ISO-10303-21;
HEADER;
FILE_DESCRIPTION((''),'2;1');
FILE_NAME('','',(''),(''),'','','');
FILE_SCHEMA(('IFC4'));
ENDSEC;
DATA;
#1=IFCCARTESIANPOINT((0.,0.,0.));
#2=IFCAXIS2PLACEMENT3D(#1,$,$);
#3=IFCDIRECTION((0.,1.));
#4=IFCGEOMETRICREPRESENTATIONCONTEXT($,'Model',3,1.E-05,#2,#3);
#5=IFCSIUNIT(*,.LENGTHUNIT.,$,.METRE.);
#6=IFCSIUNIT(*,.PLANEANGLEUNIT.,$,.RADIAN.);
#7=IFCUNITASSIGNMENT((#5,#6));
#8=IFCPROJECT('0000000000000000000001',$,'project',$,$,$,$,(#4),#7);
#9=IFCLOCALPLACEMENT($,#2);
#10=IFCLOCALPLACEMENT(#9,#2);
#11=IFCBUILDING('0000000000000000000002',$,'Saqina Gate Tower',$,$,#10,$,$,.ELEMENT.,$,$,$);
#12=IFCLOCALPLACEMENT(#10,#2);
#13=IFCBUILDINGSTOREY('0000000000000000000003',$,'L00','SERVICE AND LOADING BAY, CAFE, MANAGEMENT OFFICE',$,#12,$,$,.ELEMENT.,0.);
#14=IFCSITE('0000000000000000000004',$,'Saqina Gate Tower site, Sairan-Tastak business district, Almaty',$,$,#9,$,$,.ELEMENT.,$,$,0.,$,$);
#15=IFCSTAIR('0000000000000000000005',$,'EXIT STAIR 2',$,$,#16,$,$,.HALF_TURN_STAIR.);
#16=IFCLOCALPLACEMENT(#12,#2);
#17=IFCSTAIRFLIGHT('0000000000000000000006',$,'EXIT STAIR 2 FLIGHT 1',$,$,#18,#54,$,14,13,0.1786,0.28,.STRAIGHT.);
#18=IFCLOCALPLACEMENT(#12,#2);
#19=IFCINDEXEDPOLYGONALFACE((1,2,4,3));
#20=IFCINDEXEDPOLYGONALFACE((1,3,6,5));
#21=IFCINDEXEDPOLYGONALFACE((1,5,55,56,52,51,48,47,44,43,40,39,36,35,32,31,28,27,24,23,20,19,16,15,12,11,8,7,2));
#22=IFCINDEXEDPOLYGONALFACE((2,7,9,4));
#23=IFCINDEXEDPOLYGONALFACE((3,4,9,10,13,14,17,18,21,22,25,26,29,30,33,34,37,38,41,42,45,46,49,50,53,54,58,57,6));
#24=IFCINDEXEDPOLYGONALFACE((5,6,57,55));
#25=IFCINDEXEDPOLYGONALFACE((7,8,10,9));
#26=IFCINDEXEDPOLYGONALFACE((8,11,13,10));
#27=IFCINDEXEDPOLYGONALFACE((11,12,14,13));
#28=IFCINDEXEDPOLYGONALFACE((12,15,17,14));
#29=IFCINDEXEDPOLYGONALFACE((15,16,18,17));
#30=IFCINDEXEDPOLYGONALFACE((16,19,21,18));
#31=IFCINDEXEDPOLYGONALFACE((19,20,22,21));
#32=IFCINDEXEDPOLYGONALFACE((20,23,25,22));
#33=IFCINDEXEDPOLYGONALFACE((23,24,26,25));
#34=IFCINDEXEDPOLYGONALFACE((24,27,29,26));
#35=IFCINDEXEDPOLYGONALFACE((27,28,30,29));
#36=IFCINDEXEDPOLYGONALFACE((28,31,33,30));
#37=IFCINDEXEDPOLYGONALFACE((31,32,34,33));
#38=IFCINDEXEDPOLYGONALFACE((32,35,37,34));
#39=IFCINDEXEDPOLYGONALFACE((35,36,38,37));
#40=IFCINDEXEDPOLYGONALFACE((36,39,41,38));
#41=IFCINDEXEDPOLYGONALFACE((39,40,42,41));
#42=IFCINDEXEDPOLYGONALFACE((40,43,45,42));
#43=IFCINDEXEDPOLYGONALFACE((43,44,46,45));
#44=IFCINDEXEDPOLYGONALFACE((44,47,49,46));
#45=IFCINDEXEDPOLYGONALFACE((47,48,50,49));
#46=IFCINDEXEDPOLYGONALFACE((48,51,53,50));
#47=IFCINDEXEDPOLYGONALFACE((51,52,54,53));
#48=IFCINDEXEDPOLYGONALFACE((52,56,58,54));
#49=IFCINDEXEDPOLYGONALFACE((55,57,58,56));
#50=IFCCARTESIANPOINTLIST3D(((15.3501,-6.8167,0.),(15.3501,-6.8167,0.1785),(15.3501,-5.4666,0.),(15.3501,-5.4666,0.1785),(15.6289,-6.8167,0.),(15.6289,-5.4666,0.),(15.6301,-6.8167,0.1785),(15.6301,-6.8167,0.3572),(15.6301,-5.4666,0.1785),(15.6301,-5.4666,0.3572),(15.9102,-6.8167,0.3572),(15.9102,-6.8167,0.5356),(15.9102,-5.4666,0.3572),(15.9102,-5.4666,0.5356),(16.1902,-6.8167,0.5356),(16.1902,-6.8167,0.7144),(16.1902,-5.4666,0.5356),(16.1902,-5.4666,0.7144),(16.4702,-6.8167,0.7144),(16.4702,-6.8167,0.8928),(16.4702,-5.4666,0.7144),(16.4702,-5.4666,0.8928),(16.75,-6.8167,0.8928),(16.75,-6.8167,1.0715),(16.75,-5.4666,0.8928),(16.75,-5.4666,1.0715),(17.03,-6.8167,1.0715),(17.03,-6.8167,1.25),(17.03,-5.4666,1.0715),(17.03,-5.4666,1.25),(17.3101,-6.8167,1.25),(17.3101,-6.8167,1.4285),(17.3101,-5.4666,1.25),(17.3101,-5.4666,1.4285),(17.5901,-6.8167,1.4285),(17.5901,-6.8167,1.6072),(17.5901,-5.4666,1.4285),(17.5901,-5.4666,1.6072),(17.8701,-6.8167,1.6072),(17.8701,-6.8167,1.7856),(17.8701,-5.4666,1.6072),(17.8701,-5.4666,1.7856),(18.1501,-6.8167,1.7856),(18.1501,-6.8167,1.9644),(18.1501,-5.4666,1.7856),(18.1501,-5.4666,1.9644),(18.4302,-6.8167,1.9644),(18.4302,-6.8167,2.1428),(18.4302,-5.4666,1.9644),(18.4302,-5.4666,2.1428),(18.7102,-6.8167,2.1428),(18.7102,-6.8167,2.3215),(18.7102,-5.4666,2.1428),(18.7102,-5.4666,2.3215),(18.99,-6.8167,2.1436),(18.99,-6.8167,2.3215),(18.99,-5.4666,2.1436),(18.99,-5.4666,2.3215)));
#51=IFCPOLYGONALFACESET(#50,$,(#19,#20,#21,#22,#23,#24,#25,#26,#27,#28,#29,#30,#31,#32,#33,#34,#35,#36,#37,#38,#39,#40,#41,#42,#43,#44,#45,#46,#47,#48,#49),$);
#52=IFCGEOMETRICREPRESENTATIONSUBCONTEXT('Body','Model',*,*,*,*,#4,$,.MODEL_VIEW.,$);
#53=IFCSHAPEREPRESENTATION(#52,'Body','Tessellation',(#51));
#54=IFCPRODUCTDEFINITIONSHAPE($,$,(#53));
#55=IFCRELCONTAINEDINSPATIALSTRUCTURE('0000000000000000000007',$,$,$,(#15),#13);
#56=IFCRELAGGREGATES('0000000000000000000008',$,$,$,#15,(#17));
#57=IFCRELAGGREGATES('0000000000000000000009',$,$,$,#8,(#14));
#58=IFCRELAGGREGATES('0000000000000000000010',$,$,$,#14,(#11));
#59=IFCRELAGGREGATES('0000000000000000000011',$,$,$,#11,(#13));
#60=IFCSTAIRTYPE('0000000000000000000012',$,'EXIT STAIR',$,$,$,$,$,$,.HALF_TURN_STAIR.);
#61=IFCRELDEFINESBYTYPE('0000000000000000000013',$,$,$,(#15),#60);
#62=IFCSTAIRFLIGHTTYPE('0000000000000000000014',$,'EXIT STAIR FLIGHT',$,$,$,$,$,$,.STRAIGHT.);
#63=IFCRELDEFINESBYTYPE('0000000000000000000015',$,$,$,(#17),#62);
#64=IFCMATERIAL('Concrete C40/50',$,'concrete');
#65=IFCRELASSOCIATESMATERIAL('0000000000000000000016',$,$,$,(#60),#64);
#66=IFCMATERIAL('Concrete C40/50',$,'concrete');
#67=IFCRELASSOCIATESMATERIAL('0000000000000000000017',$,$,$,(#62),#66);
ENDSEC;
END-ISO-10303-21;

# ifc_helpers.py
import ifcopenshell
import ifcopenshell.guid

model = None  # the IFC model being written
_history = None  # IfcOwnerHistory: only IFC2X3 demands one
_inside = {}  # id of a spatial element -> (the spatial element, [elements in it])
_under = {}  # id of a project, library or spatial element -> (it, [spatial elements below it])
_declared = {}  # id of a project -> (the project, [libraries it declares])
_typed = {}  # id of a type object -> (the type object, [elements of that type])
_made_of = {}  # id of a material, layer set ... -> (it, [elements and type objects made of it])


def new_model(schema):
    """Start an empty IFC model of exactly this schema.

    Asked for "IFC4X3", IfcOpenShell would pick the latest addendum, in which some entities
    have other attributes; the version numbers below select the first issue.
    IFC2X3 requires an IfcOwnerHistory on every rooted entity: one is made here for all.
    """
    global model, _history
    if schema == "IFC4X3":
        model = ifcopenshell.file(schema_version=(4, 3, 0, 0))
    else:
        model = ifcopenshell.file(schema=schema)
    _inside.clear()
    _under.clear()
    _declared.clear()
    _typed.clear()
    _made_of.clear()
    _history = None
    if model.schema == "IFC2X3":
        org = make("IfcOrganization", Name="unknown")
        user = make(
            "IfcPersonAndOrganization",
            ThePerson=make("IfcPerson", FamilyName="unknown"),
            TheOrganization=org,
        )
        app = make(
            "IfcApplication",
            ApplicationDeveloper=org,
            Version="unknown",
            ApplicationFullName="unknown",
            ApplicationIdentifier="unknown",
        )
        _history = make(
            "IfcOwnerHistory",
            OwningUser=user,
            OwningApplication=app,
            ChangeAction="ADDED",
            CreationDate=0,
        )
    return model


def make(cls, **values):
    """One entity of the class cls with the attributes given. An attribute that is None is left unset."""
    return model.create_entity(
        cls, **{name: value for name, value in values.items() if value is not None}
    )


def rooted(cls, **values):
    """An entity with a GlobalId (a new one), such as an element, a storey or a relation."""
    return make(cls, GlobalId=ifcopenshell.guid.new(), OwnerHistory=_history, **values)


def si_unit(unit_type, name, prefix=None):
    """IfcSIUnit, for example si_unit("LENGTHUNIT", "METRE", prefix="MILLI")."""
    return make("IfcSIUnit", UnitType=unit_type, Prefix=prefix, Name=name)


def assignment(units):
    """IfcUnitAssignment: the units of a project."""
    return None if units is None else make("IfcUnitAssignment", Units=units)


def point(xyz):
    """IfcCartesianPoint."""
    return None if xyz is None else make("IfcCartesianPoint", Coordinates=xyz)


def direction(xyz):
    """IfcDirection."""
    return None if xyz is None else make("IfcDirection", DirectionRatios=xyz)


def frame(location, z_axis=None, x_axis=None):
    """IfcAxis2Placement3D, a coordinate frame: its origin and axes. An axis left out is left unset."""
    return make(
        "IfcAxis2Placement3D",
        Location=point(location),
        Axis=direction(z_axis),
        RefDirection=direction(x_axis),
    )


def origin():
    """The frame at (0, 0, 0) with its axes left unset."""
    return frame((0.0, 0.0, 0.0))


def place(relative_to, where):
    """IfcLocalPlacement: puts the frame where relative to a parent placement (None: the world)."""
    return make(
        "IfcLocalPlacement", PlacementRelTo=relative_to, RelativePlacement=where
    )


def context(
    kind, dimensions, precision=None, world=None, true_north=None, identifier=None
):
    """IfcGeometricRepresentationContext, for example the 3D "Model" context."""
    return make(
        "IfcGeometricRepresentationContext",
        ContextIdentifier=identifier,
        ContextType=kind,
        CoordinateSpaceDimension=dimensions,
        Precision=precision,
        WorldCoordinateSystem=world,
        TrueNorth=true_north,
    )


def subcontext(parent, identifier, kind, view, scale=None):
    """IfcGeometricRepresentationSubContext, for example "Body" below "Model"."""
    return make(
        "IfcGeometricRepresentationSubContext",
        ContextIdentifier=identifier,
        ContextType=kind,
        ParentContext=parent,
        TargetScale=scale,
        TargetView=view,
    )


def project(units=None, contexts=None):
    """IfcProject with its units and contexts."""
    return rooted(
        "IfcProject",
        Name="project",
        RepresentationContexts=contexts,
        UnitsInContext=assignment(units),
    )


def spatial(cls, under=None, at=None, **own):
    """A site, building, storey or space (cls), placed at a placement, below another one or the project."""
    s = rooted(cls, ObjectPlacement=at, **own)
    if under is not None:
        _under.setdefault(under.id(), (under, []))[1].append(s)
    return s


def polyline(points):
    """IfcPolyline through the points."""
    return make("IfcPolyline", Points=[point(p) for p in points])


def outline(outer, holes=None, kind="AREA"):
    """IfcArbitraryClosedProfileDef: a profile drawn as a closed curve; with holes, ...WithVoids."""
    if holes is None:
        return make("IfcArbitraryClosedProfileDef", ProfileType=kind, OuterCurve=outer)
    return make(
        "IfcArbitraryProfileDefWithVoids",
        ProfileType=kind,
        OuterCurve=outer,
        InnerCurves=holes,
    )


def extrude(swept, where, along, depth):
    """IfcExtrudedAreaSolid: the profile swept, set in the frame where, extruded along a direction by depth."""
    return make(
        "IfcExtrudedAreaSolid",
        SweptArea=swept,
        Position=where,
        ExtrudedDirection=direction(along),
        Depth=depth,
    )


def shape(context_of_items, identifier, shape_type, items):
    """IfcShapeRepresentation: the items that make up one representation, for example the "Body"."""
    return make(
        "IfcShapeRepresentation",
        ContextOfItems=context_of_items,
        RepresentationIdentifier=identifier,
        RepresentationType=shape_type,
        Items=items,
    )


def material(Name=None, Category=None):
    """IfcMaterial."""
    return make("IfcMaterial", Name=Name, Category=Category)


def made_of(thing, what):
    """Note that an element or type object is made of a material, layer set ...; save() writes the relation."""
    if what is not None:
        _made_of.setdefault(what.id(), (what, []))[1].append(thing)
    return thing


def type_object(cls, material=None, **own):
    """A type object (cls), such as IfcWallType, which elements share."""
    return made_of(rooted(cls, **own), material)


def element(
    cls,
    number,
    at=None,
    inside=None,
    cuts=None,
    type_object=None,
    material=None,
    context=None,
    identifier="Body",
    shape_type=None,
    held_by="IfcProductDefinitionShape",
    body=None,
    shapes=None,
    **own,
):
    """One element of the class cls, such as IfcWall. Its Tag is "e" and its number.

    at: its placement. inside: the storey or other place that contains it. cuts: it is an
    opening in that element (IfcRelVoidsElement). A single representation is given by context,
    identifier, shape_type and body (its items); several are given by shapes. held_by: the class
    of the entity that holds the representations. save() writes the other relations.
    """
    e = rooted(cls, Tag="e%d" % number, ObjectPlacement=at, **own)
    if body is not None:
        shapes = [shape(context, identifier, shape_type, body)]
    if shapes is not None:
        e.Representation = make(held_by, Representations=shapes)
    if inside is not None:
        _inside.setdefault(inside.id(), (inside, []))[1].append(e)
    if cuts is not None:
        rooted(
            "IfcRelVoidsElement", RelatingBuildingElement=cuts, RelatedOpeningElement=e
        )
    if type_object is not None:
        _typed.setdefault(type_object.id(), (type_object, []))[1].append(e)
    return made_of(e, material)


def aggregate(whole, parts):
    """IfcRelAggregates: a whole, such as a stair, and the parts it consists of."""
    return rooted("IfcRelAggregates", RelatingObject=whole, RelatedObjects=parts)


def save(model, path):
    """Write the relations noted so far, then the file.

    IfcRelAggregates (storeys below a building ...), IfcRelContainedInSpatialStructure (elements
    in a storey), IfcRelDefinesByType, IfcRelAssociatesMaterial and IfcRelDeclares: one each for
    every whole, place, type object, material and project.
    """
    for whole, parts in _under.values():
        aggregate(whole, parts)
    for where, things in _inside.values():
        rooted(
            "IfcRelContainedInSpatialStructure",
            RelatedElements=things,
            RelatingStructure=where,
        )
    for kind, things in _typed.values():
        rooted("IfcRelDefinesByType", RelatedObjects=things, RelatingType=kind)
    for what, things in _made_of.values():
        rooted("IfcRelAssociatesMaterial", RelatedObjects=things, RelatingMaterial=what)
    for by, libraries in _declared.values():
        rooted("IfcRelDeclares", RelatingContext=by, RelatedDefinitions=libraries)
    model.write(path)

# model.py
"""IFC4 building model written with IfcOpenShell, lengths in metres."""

from ifc_helpers import new_model, si_unit, direction, frame, origin, place, context, subcontext, project, spatial, polyline, outline, extrude, material, type_object, element, aggregate, save


model = new_model("IFC4")

# Units and contexts
model_context = context("Model", 3, precision=1e-05, world=origin(), true_north=direction((0.0, 1.0)))
body_context = subcontext(model_context, "Body", "Model", "MODEL_VIEW")
ifc_project = project(units=[si_unit("LENGTHUNIT", "METRE"), si_unit("PLANEANGLEUNIT", "RADIAN")], contexts=[model_context])

# Site, building, storey
site_placement = place(None, origin())
site = spatial("IfcSite", under=ifc_project, at=site_placement, Name="Saqina Gate Tower site, Sairan-Tastak business district, Almaty", CompositionType="ELEMENT", RefElevation=0.0)
building_placement = place(site_placement, origin())
building = spatial("IfcBuilding", under=site, at=building_placement, Name="Saqina Gate Tower", CompositionType="ELEMENT")
storey_placement = place(building_placement, origin())
storey = spatial("IfcBuildingStorey", under=building, at=storey_placement, Name="L00", Description="SERVICE AND LOADING BAY, CAFE, MANAGEMENT OFFICE", CompositionType="ELEMENT", Elevation=0.0)

# Stair, stair flight
ifc_material_1 = material(Name="Concrete C40/50", Category="concrete")
stair_type = type_object("IfcStairType", Name="EXIT STAIR", PredefinedType="HALF_TURN_STAIR", material=ifc_material_1)
stair_placement = place(storey_placement, origin())
stair = element("IfcStair", 1, at=stair_placement, inside=storey, type_object=stair_type, Name="EXIT STAIR 2", PredefinedType="HALF_TURN_STAIR")
ifc_material_2 = material(Name="Concrete C40/50", Category="concrete")
stair_flight_type = type_object("IfcStairFlightType", Name="EXIT STAIR FLIGHT", PredefinedType="STRAIGHT", material=ifc_material_2)
stair_flight_placement = place(storey_placement, frame((15.3501, -6.1416, 0.0), z_axis=(0.0, 0.0, 1.0), x_axis=(1.0, 0.0, 0.0)))
stair_flight = element("IfcStairFlight", 2, at=stair_flight_placement, type_object=stair_flight_type, Name="EXIT STAIR 2 FLIGHT 1", NumberOfRisers=14, NumberOfTreads=13, PredefinedType="STRAIGHT", RiserHeight=0.1786, TreadLength=0.28, context=body_context, shape_type="SweptSolid", body=[
    extrude(outline(polyline([(0.0, 0.0), (0.0, 0.1785), (0.28, 0.1785), (0.28, 0.3572), (0.5601, 0.3572), (0.5601, 0.5356), (0.8401, 0.5356), (0.8401, 0.7144), (1.1201, 0.7144), (1.1201, 0.8928), (1.3999, 0.8928), (1.3999, 1.0715), (1.6799, 1.0715), (1.6799, 1.25), (1.96, 1.25), (1.96, 1.4285), (2.24, 1.4285), (2.24, 1.6072), (2.52, 1.6072), (2.52, 1.7856), (2.8, 1.7856), (2.8, 1.9644), (3.0801, 1.9644), (3.0801, 2.1428), (3.3601, 2.1428), (3.3601, 2.3215), (3.6399, 2.3215), (3.6399, 2.5), (3.6399, 2.1436), (0.2788, 0.0), (0.0, 0.0)])), frame((0.0, 0.675, 0.0), z_axis=(0.0, -1.0, 0.0), x_axis=(1.0, 0.0, 0.0)), (0.0, 0.0, 1.0), 1.3501),
])
aggregate(stair, [stair_flight])

save(model, "model.ifc")
